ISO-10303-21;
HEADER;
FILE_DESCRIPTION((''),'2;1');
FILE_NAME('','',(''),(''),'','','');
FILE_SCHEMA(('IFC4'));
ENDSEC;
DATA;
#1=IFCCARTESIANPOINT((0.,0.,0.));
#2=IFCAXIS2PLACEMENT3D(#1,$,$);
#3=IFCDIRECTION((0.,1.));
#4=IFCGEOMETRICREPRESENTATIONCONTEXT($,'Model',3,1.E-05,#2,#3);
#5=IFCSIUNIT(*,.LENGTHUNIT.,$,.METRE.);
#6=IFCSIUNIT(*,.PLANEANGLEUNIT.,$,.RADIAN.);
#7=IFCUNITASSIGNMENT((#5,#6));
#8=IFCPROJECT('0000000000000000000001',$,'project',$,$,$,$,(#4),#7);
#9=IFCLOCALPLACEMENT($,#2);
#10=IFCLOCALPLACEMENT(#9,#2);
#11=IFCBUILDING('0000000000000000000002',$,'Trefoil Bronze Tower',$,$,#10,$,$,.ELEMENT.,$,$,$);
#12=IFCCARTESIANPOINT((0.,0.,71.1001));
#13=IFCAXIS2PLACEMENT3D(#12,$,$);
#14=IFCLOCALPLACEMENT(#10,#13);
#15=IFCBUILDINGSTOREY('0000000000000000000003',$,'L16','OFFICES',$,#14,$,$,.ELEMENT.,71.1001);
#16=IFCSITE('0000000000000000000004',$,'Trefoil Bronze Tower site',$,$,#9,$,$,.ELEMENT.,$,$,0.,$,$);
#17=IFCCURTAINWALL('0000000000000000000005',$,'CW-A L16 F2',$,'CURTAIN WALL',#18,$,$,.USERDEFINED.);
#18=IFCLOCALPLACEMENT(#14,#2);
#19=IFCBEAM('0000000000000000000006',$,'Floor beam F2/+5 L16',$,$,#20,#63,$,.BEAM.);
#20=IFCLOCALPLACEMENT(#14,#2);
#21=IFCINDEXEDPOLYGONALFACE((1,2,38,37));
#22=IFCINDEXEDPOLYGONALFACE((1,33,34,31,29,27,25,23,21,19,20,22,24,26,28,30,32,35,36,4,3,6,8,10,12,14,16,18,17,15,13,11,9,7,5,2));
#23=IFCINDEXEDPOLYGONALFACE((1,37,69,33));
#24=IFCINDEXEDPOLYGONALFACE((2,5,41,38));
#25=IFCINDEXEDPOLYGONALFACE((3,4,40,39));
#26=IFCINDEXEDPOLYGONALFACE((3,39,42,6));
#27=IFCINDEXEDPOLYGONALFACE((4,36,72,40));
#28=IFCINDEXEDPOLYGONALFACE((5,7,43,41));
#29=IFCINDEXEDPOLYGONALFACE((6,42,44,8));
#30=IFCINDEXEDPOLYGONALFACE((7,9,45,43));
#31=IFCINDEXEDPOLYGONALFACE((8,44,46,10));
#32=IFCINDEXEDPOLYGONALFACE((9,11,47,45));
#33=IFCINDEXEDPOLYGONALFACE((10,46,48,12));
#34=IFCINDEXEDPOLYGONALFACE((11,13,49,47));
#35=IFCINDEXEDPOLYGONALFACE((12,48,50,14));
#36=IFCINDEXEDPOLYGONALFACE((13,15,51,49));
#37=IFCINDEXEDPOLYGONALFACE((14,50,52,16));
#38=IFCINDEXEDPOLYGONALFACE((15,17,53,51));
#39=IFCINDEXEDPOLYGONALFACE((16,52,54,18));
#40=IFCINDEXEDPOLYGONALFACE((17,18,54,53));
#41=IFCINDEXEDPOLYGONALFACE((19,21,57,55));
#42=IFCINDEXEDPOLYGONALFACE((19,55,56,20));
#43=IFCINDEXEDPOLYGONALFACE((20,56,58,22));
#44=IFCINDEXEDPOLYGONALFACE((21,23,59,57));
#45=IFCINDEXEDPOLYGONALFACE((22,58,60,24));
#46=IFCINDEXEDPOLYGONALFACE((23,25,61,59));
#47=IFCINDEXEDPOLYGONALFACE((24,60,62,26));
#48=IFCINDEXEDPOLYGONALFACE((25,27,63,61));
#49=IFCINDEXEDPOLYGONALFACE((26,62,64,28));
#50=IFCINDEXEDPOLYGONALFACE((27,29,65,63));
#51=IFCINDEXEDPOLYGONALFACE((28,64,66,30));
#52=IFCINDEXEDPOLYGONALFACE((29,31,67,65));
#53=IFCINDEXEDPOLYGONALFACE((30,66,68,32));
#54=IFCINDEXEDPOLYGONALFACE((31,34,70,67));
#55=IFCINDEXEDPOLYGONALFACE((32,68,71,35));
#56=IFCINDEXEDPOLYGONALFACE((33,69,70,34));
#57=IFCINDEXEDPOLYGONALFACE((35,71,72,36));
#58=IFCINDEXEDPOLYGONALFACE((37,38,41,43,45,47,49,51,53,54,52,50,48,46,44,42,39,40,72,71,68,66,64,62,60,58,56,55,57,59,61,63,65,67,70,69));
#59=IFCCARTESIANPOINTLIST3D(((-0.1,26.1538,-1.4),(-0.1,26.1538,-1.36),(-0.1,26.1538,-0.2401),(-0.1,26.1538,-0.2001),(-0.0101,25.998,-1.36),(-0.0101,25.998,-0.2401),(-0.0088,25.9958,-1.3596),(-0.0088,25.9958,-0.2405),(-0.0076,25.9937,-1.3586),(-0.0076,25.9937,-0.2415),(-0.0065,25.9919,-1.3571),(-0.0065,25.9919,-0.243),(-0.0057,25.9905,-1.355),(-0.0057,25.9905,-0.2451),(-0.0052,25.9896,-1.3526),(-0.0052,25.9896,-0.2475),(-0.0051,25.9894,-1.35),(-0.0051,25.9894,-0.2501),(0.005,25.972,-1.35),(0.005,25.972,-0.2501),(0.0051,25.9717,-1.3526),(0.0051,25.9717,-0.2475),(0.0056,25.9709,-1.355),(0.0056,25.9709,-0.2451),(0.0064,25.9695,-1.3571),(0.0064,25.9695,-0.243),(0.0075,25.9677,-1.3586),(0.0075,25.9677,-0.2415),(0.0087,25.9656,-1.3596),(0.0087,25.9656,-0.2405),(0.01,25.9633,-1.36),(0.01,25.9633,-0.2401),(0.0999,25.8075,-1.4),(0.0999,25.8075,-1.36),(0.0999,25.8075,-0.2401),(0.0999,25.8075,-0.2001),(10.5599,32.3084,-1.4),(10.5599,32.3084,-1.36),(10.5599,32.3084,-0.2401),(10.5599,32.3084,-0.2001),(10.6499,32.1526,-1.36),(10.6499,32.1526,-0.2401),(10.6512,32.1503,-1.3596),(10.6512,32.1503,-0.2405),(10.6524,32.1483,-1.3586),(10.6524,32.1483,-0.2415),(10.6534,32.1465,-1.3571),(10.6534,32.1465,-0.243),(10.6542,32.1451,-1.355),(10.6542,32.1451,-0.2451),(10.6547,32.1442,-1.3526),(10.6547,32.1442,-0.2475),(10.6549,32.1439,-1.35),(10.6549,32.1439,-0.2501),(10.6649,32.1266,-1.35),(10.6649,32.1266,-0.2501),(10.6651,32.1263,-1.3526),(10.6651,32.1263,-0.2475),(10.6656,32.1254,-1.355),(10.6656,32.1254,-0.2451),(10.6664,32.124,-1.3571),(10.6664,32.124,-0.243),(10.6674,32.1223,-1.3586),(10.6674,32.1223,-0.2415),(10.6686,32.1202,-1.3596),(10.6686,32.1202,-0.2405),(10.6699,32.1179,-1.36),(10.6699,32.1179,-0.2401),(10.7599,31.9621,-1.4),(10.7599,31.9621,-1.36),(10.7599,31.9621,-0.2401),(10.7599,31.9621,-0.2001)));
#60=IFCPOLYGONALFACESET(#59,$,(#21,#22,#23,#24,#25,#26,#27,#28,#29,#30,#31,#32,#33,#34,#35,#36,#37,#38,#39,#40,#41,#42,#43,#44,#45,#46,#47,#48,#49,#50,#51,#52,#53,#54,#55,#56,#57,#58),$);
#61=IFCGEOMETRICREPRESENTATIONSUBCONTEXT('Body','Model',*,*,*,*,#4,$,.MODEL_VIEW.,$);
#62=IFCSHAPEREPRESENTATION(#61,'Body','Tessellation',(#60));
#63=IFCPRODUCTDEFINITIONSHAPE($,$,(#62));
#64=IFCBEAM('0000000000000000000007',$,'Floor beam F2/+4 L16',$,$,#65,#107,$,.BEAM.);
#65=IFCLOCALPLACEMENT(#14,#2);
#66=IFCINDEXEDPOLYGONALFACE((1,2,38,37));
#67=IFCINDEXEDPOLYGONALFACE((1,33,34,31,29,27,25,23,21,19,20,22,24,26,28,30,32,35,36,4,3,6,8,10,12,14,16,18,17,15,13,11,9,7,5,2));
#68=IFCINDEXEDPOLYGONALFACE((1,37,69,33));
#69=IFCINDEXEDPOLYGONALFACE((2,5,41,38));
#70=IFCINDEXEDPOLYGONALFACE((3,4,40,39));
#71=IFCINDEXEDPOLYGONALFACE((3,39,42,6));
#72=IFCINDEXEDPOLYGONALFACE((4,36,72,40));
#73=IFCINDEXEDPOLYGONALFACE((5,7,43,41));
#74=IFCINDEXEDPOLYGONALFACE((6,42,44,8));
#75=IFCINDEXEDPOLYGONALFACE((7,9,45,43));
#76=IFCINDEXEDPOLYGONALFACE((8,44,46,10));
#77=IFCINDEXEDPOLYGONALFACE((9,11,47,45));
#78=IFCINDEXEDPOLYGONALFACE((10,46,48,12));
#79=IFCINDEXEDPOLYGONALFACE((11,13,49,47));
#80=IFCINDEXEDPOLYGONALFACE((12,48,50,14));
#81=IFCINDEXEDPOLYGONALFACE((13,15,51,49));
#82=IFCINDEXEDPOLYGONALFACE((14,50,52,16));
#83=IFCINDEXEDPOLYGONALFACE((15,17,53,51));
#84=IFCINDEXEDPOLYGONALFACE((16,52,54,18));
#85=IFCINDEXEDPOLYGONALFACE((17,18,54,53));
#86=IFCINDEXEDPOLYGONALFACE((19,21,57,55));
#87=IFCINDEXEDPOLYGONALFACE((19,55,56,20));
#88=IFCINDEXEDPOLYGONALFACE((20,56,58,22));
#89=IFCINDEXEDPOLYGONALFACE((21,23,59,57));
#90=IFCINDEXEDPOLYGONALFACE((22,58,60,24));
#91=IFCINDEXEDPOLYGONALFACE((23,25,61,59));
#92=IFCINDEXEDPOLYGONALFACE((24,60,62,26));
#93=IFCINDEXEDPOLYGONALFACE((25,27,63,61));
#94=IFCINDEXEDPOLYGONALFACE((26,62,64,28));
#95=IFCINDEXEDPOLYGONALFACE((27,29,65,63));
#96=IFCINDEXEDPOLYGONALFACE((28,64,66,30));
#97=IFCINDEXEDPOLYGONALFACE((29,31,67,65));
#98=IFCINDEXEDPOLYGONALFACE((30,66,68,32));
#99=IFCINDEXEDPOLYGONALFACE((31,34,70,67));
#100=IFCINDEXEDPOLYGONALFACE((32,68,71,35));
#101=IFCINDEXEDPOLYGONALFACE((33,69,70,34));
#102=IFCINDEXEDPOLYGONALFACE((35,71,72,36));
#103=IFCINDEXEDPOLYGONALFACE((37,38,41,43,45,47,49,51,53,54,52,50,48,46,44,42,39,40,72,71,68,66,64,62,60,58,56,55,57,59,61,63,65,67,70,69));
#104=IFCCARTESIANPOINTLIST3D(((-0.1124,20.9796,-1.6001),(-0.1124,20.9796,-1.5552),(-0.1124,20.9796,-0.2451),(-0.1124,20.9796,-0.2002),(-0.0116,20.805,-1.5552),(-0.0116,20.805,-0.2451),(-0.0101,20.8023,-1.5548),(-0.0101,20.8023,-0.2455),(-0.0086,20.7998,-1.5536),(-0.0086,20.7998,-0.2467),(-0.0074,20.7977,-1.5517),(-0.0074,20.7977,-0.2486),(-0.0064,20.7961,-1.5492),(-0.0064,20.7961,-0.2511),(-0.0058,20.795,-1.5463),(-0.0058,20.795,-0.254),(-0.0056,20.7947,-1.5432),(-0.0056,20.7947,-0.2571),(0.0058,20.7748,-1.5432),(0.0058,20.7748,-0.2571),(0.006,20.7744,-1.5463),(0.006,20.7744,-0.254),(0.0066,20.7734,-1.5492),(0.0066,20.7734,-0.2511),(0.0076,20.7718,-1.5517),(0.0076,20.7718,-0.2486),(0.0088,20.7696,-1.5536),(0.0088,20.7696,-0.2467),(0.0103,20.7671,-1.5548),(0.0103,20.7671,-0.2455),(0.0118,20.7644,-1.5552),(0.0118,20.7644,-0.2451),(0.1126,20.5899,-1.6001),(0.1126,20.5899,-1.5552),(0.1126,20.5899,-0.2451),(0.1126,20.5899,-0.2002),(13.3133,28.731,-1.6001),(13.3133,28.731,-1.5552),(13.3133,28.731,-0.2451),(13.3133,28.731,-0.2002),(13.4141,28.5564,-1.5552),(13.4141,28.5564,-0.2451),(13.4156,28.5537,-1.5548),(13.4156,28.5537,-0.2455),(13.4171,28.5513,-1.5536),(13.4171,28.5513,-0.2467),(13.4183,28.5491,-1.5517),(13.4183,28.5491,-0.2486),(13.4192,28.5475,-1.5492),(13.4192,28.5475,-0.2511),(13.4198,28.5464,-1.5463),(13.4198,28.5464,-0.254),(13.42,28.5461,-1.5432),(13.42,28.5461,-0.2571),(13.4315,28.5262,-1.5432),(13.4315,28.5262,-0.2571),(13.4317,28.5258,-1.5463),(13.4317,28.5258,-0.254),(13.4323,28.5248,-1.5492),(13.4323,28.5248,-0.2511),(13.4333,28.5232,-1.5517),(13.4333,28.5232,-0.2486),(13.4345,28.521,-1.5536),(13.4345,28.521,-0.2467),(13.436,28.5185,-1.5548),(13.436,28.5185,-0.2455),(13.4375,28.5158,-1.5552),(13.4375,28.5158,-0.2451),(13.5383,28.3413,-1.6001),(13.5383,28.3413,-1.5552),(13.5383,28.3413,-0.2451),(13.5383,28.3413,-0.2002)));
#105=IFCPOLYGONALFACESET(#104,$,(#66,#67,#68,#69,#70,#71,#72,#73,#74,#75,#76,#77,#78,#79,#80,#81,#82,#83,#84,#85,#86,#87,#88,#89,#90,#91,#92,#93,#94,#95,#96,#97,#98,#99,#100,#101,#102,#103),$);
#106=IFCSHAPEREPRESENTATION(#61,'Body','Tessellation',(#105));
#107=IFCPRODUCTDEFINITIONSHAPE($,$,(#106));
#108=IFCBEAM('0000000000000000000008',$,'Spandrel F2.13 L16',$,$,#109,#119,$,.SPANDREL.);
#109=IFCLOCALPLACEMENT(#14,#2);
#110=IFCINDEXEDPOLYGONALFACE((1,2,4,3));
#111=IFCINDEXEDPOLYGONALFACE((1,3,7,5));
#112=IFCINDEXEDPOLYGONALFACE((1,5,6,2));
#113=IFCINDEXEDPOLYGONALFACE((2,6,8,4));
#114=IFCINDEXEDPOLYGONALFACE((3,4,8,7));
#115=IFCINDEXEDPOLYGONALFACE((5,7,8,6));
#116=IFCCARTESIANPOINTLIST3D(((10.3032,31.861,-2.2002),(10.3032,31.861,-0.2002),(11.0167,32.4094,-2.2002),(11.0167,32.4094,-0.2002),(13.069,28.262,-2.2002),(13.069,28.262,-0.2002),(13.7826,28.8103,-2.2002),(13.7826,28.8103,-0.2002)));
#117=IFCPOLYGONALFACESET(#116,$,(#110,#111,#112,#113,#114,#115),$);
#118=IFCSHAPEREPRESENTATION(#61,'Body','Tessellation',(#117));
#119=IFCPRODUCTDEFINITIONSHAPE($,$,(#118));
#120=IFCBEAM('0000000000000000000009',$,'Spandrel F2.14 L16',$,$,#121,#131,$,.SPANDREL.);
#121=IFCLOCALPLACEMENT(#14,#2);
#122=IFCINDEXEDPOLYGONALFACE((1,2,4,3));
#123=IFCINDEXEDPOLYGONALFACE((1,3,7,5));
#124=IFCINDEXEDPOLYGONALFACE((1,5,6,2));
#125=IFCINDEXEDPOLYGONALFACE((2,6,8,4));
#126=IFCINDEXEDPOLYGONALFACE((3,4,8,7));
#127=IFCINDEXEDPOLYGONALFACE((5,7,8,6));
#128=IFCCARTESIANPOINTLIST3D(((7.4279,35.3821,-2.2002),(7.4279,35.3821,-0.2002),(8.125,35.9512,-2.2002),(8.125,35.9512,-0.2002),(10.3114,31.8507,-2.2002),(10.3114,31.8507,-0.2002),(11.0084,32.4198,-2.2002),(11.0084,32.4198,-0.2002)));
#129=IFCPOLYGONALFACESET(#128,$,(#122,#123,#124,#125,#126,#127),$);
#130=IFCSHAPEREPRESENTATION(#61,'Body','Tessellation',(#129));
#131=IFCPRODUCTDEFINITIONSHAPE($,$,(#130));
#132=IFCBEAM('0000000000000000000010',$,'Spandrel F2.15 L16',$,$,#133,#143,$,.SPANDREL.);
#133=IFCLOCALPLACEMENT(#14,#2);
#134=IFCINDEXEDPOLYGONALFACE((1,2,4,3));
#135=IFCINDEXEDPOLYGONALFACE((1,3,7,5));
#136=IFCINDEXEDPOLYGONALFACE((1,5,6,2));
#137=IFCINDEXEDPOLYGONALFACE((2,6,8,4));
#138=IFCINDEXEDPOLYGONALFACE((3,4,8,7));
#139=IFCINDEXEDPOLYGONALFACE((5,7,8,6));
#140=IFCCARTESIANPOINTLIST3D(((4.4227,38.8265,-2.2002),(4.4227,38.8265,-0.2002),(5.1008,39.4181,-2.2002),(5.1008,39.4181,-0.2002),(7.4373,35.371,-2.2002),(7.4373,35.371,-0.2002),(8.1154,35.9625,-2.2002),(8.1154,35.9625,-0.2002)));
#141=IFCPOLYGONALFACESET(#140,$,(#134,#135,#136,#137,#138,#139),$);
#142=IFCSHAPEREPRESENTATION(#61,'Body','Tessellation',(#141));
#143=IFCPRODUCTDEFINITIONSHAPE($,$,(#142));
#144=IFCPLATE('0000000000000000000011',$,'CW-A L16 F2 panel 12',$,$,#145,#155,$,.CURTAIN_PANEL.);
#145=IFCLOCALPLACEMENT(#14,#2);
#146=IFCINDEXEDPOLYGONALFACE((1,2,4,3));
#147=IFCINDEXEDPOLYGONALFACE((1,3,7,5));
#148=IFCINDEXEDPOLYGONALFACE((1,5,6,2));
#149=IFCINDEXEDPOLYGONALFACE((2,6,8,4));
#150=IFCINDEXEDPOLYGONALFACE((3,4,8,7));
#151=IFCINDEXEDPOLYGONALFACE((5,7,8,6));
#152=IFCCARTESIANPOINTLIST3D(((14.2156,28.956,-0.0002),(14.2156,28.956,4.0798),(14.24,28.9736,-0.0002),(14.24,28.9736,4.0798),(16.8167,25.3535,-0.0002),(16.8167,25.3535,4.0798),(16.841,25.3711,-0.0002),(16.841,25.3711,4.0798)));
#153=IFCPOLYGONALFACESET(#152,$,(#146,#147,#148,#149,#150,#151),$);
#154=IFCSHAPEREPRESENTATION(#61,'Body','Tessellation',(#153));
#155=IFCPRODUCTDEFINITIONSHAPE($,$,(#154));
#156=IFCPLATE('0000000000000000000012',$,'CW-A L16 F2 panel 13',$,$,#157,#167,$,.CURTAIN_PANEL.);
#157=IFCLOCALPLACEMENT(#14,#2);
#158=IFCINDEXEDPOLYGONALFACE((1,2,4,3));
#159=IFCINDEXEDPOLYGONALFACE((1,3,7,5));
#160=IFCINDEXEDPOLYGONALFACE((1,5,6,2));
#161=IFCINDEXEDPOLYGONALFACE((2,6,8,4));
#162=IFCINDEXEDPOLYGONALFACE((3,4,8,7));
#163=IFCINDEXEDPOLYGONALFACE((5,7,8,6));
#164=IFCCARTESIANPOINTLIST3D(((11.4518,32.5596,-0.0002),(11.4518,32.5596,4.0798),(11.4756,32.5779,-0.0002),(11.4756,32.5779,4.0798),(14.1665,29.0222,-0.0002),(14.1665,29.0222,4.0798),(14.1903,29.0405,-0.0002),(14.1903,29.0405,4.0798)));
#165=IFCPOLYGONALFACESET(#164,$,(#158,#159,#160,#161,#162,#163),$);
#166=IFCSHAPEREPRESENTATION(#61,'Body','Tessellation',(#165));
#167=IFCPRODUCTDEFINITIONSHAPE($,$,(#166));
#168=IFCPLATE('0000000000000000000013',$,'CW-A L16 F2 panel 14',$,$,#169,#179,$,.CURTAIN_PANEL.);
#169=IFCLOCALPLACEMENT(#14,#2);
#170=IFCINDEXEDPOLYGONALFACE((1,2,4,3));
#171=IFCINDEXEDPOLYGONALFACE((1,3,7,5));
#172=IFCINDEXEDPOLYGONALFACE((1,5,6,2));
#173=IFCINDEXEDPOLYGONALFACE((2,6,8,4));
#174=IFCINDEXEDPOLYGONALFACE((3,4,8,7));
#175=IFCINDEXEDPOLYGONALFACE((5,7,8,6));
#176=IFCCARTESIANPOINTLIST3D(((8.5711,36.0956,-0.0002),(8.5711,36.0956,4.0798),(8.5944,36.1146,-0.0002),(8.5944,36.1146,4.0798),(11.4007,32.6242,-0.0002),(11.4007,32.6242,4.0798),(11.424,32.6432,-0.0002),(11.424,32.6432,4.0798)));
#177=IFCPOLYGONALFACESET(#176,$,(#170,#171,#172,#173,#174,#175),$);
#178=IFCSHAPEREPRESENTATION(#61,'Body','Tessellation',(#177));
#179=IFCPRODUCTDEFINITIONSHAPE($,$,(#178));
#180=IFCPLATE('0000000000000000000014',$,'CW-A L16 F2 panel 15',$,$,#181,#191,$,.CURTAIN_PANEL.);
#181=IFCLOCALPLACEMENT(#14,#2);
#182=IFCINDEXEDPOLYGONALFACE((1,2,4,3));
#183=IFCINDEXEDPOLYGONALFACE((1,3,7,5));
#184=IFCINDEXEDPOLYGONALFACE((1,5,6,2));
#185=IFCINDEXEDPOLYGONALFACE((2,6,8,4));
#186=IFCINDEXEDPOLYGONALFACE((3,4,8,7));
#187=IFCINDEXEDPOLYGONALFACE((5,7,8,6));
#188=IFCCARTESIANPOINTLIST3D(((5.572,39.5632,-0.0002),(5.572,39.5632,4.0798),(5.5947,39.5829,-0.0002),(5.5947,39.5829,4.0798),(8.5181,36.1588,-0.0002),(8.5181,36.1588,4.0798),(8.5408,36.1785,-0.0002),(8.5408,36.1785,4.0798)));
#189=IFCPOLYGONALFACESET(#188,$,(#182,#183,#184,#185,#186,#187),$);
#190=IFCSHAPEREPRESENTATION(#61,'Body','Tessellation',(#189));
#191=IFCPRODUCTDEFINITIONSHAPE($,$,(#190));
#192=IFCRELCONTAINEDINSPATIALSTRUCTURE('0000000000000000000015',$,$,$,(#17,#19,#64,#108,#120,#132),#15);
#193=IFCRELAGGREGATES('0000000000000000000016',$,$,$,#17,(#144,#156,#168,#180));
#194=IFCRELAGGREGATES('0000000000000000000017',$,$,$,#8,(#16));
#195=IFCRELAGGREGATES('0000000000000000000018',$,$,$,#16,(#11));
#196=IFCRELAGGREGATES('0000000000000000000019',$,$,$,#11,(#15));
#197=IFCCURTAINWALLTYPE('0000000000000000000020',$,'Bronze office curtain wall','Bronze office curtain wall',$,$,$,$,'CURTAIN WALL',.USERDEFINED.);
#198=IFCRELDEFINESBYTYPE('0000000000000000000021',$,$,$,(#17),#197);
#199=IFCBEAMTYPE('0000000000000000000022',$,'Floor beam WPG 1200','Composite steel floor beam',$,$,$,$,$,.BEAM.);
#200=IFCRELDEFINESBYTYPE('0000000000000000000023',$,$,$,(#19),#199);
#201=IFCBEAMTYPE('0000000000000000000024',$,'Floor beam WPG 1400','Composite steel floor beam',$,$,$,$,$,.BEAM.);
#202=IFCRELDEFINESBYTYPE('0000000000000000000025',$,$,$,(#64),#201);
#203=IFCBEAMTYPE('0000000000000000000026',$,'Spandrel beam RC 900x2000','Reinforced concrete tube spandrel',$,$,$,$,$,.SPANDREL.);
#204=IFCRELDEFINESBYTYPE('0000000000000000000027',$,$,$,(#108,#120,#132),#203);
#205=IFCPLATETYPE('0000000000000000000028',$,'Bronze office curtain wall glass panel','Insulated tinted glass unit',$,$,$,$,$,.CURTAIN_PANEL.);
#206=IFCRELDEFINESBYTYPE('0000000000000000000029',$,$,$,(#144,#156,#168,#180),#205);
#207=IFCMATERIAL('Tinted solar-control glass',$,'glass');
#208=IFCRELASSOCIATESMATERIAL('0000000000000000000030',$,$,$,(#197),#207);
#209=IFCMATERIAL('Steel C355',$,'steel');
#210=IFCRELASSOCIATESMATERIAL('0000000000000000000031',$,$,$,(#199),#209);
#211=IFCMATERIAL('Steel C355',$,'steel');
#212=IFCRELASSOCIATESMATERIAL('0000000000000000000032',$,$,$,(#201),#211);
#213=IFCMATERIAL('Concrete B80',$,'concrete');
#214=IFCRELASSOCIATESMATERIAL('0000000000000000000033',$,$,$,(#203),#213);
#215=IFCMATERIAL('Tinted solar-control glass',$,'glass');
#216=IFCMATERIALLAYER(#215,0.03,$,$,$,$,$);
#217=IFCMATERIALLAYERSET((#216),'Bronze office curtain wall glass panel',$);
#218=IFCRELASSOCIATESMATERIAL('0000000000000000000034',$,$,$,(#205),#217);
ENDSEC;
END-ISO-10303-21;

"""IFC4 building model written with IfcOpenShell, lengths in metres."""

from ifc_helpers import new_model, si_unit, direction, frame, origin, origin_2d, place, context, subcontext, project, spatial, rectangle, i_section, extrude, material, layer, layer_set, material_profile, profile_set, type_object, element, aggregate, save


model = new_model("IFC4")

# Units and contexts
model_context = context("Model", 3, precision=1e-05, world=origin(), true_north=direction((0.0, 1.0)))
body_context = subcontext(model_context, "Body", "Model", "MODEL_VIEW")
ifc_project = project(units=[si_unit("LENGTHUNIT", "METRE"), si_unit("PLANEANGLEUNIT", "RADIAN")], contexts=[model_context])

# Site, building, storey
site_placement = place(None, origin())
site = spatial("IfcSite", under=ifc_project, at=site_placement, Name="Trefoil Bronze Tower site", CompositionType="ELEMENT", RefElevation=0.0)
building_placement = place(site_placement, origin())
building = spatial("IfcBuilding", under=site, at=building_placement, Name="Trefoil Bronze Tower", CompositionType="ELEMENT")
storey_placement = place(building_placement, frame((0.0, 0.0, 71.1001)))
storey = spatial("IfcBuildingStorey", under=building, at=storey_placement, Name="L16", Description="OFFICES", CompositionType="ELEMENT", Elevation=71.1001)

# Curtain wall
ifc_material_1 = material(Name="Tinted solar-control glass", Category="glass")
curtain_wall_type_1 = type_object("IfcCurtainWallType", Name="Bronze office curtain wall", Description="Bronze office curtain wall", ElementType="CURTAIN WALL", PredefinedType="USERDEFINED", material=ifc_material_1)
curtain_wall_1_placement = place(storey_placement, origin())
curtain_wall_1 = element("IfcCurtainWall", 1, at=curtain_wall_1_placement, inside=storey, type_object=curtain_wall_type_1, Name="CW-A L16 F2", ObjectType="CURTAIN WALL", PredefinedType="USERDEFINED")

# Beams
ifc_material_2 = material(Name="Steel C355", Category="steel")
ifc_material_profile_1 = material_profile(ifc_material_2, i_section(OverallWidth=0.3999, OverallDepth=1.2, WebThickness=0.02, FlangeThickness=0.04, FilletRadius=0.01, at=origin_2d()), Name="WPG 1200")
ifc_profile_set_1 = profile_set([ifc_material_profile_1], Name="Steel C355")
beam_type_1 = type_object("IfcBeamType", Name="Floor beam WPG 1200", Description="Composite steel floor beam", PredefinedType="BEAM", material=ifc_profile_set_1)
beam_1_placement = place(storey_placement, frame((10.6599, 32.1353, -0.8), z_axis=(-0.866024, -0.500002, 0.0), x_axis=(0.500002, -0.866024, 0.0)))
element("IfcBeam", 2, at=beam_1_placement, inside=storey, type_object=beam_type_1, Name="Floor beam F2/+5 L16", PredefinedType="BEAM", context=body_context, shape_type="SweptSolid", body=[
    extrude(i_section(OverallWidth=0.3999, OverallDepth=1.2, WebThickness=0.02, FlangeThickness=0.04, FilletRadius=0.01, at=origin_2d()), origin(), (0.0, 0.0, 1.0), 12.3091),
])
ifc_material_3 = material(Name="Steel C355", Category="steel")
ifc_material_profile_2 = material_profile(ifc_material_3, i_section(OverallWidth=0.45, OverallDepth=1.3999, WebThickness=0.0229, FlangeThickness=0.0449, FilletRadius=0.012, at=origin_2d()), Name="WPG 1400")
ifc_profile_set_2 = profile_set([ifc_material_profile_2], Name="Steel C355")
beam_type_2 = type_object("IfcBeamType", Name="Floor beam WPG 1400", Description="Composite steel floor beam", PredefinedType="BEAM", material=ifc_profile_set_2)
beam_2_placement = place(storey_placement, frame((13.4258, 28.5361, -0.9001), z_axis=(-0.866023, -0.500004, 0.0), x_axis=(0.500004, -0.866023, 0.0)))
element("IfcBeam", 3, at=beam_2_placement, inside=storey, type_object=beam_type_2, Name="Floor beam F2/+4 L16", PredefinedType="BEAM", context=body_context, shape_type="SweptSolid", body=[
    extrude(i_section(OverallWidth=0.45, OverallDepth=1.3999, WebThickness=0.0229, FlangeThickness=0.0449, FilletRadius=0.012, at=origin_2d()), origin(), (0.0, 0.0, 1.0), 15.5027),
])
ifc_material_4 = material(Name="Concrete B80", Category="concrete")
ifc_material_profile_3 = material_profile(ifc_material_4, rectangle(XDim=0.8999, YDim=2.0, at=origin_2d()), Name="RC 900x2000")
ifc_profile_set_3 = profile_set([ifc_material_profile_3], Name="Concrete B80")
beam_type_3 = type_object("IfcBeamType", Name="Spandrel beam RC 900x2000", Description="Reinforced concrete tube spandrel", PredefinedType="SPANDREL", material=ifc_profile_set_3)
beam_3_placement = place(storey_placement, frame((13.4258, 28.5361, -1.2002), z_axis=(-0.609339, 0.79291, 0.0), x_axis=(-0.79291, -0.609339, 0.0)))
element("IfcBeam", 4, at=beam_3_placement, inside=storey, type_object=beam_type_3, Name="Spandrel F2.13 L16", PredefinedType="SPANDREL", context=body_context, shape_type="SweptSolid", body=[
    extrude(rectangle(XDim=0.8999, YDim=2.0, at=origin_2d()), origin(), (0.0, 0.0, 1.0), 4.5391),
])
beam_4_placement = place(storey_placement, frame((10.6599, 32.1353, -1.2002), z_axis=(-0.632468, 0.774587, 0.0), x_axis=(-0.774587, -0.632468, 0.0)))
element("IfcBeam", 5, at=beam_4_placement, inside=storey, type_object=beam_type_3, Name="Spandrel F2.14 L16", PredefinedType="SPANDREL", context=body_context, shape_type="SweptSolid", body=[
    extrude(rectangle(XDim=0.8999, YDim=2.0, at=origin_2d()), origin(), (0.0, 0.0, 1.0), 4.5591),
])
beam_5_placement = place(storey_placement, frame((7.7764, 35.6667, -1.2002), z_axis=(-0.657396, 0.753545, 0.0), x_axis=(-0.753545, -0.657396, 0.0)))
element("IfcBeam", 6, at=beam_5_placement, inside=storey, type_object=beam_type_3, Name="Spandrel F2.15 L16", PredefinedType="SPANDREL", context=body_context, shape_type="SweptSolid", body=[
    extrude(rectangle(XDim=0.8999, YDim=2.0, at=origin_2d()), origin(), (0.0, 0.0, 1.0), 4.5857),
])

# Plates
ifc_material_5 = material(Name="Tinted solar-control glass", Category="glass")
ifc_layer_1 = layer(ifc_material_5, 0.03)
ifc_layer_set_1 = layer_set([ifc_layer_1], Name="Bronze office curtain wall glass panel")
plate_type_1 = type_object("IfcPlateType", Name="Bronze office curtain wall glass panel", Description="Insulated tinted glass unit", PredefinedType="CURTAIN_PANEL", material=ifc_layer_set_1)
plate_1_placement = place(storey_placement, frame((15.5283, 27.1636, -0.0002), z_axis=(0.0, 0.0, 1.0), x_axis=(-0.585373, 0.810764, 0.0)))
plate_1 = element("IfcPlate", 7, at=plate_1_placement, type_object=plate_type_1, Name="CW-A L16 F2 panel 12", PredefinedType="CURTAIN_PANEL", context=body_context, shape_type="SweptSolid", body=[
    extrude(rectangle(XDim=4.4434, YDim=0.03, at=origin_2d()), origin(), (0.0, 0.0, 1.0), 4.0801),
])
plate_2_placement = place(storey_placement, frame((12.821, 30.8, -0.0002), z_axis=(0.0, 0.0, 1.0), x_axis=(-0.608808, 0.793318, 0.0)))
plate_2 = element("IfcPlate", 8, at=plate_2_placement, type_object=plate_type_1, Name="CW-A L16 F2 panel 13", PredefinedType="CURTAIN_PANEL", context=body_context, shape_type="SweptSolid", body=[
    extrude(rectangle(XDim=4.459, YDim=0.03, at=origin_2d()), origin(), (0.0, 0.0, 1.0), 4.0801),
])
plate_3_placement = place(storey_placement, frame((9.9976, 34.3694, -0.0002), z_axis=(0.0, 0.0, 1.0), x_axis=(-0.631811, 0.775123, 0.0)))
plate_3 = element("IfcPlate", 9, at=plate_3_placement, type_object=plate_type_1, Name="CW-A L16 F2 panel 14", PredefinedType="CURTAIN_PANEL", context=body_context, shape_type="SweptSolid", body=[
    extrude(rectangle(XDim=4.4785, YDim=0.03, at=origin_2d()), origin(), (0.0, 0.0, 1.0), 4.0801),
])
plate_4_placement = place(storey_placement, frame((7.0564, 37.8708, -0.0002), z_axis=(0.0, 0.0, 1.0), x_axis=(-0.654376, 0.756169, 0.0)))
plate_4 = element("IfcPlate", 10, at=plate_4_placement, type_object=plate_type_1, Name="CW-A L16 F2 panel 15", PredefinedType="CURTAIN_PANEL", context=body_context, shape_type="SweptSolid", body=[
    extrude(rectangle(XDim=4.5022, YDim=0.03, at=origin_2d()), origin(), (0.0, 0.0, 1.0), 4.0801),
])
aggregate(curtain_wall_1, [plate_1, plate_2, plate_3, plate_4])

save(model, "model.ifc")
